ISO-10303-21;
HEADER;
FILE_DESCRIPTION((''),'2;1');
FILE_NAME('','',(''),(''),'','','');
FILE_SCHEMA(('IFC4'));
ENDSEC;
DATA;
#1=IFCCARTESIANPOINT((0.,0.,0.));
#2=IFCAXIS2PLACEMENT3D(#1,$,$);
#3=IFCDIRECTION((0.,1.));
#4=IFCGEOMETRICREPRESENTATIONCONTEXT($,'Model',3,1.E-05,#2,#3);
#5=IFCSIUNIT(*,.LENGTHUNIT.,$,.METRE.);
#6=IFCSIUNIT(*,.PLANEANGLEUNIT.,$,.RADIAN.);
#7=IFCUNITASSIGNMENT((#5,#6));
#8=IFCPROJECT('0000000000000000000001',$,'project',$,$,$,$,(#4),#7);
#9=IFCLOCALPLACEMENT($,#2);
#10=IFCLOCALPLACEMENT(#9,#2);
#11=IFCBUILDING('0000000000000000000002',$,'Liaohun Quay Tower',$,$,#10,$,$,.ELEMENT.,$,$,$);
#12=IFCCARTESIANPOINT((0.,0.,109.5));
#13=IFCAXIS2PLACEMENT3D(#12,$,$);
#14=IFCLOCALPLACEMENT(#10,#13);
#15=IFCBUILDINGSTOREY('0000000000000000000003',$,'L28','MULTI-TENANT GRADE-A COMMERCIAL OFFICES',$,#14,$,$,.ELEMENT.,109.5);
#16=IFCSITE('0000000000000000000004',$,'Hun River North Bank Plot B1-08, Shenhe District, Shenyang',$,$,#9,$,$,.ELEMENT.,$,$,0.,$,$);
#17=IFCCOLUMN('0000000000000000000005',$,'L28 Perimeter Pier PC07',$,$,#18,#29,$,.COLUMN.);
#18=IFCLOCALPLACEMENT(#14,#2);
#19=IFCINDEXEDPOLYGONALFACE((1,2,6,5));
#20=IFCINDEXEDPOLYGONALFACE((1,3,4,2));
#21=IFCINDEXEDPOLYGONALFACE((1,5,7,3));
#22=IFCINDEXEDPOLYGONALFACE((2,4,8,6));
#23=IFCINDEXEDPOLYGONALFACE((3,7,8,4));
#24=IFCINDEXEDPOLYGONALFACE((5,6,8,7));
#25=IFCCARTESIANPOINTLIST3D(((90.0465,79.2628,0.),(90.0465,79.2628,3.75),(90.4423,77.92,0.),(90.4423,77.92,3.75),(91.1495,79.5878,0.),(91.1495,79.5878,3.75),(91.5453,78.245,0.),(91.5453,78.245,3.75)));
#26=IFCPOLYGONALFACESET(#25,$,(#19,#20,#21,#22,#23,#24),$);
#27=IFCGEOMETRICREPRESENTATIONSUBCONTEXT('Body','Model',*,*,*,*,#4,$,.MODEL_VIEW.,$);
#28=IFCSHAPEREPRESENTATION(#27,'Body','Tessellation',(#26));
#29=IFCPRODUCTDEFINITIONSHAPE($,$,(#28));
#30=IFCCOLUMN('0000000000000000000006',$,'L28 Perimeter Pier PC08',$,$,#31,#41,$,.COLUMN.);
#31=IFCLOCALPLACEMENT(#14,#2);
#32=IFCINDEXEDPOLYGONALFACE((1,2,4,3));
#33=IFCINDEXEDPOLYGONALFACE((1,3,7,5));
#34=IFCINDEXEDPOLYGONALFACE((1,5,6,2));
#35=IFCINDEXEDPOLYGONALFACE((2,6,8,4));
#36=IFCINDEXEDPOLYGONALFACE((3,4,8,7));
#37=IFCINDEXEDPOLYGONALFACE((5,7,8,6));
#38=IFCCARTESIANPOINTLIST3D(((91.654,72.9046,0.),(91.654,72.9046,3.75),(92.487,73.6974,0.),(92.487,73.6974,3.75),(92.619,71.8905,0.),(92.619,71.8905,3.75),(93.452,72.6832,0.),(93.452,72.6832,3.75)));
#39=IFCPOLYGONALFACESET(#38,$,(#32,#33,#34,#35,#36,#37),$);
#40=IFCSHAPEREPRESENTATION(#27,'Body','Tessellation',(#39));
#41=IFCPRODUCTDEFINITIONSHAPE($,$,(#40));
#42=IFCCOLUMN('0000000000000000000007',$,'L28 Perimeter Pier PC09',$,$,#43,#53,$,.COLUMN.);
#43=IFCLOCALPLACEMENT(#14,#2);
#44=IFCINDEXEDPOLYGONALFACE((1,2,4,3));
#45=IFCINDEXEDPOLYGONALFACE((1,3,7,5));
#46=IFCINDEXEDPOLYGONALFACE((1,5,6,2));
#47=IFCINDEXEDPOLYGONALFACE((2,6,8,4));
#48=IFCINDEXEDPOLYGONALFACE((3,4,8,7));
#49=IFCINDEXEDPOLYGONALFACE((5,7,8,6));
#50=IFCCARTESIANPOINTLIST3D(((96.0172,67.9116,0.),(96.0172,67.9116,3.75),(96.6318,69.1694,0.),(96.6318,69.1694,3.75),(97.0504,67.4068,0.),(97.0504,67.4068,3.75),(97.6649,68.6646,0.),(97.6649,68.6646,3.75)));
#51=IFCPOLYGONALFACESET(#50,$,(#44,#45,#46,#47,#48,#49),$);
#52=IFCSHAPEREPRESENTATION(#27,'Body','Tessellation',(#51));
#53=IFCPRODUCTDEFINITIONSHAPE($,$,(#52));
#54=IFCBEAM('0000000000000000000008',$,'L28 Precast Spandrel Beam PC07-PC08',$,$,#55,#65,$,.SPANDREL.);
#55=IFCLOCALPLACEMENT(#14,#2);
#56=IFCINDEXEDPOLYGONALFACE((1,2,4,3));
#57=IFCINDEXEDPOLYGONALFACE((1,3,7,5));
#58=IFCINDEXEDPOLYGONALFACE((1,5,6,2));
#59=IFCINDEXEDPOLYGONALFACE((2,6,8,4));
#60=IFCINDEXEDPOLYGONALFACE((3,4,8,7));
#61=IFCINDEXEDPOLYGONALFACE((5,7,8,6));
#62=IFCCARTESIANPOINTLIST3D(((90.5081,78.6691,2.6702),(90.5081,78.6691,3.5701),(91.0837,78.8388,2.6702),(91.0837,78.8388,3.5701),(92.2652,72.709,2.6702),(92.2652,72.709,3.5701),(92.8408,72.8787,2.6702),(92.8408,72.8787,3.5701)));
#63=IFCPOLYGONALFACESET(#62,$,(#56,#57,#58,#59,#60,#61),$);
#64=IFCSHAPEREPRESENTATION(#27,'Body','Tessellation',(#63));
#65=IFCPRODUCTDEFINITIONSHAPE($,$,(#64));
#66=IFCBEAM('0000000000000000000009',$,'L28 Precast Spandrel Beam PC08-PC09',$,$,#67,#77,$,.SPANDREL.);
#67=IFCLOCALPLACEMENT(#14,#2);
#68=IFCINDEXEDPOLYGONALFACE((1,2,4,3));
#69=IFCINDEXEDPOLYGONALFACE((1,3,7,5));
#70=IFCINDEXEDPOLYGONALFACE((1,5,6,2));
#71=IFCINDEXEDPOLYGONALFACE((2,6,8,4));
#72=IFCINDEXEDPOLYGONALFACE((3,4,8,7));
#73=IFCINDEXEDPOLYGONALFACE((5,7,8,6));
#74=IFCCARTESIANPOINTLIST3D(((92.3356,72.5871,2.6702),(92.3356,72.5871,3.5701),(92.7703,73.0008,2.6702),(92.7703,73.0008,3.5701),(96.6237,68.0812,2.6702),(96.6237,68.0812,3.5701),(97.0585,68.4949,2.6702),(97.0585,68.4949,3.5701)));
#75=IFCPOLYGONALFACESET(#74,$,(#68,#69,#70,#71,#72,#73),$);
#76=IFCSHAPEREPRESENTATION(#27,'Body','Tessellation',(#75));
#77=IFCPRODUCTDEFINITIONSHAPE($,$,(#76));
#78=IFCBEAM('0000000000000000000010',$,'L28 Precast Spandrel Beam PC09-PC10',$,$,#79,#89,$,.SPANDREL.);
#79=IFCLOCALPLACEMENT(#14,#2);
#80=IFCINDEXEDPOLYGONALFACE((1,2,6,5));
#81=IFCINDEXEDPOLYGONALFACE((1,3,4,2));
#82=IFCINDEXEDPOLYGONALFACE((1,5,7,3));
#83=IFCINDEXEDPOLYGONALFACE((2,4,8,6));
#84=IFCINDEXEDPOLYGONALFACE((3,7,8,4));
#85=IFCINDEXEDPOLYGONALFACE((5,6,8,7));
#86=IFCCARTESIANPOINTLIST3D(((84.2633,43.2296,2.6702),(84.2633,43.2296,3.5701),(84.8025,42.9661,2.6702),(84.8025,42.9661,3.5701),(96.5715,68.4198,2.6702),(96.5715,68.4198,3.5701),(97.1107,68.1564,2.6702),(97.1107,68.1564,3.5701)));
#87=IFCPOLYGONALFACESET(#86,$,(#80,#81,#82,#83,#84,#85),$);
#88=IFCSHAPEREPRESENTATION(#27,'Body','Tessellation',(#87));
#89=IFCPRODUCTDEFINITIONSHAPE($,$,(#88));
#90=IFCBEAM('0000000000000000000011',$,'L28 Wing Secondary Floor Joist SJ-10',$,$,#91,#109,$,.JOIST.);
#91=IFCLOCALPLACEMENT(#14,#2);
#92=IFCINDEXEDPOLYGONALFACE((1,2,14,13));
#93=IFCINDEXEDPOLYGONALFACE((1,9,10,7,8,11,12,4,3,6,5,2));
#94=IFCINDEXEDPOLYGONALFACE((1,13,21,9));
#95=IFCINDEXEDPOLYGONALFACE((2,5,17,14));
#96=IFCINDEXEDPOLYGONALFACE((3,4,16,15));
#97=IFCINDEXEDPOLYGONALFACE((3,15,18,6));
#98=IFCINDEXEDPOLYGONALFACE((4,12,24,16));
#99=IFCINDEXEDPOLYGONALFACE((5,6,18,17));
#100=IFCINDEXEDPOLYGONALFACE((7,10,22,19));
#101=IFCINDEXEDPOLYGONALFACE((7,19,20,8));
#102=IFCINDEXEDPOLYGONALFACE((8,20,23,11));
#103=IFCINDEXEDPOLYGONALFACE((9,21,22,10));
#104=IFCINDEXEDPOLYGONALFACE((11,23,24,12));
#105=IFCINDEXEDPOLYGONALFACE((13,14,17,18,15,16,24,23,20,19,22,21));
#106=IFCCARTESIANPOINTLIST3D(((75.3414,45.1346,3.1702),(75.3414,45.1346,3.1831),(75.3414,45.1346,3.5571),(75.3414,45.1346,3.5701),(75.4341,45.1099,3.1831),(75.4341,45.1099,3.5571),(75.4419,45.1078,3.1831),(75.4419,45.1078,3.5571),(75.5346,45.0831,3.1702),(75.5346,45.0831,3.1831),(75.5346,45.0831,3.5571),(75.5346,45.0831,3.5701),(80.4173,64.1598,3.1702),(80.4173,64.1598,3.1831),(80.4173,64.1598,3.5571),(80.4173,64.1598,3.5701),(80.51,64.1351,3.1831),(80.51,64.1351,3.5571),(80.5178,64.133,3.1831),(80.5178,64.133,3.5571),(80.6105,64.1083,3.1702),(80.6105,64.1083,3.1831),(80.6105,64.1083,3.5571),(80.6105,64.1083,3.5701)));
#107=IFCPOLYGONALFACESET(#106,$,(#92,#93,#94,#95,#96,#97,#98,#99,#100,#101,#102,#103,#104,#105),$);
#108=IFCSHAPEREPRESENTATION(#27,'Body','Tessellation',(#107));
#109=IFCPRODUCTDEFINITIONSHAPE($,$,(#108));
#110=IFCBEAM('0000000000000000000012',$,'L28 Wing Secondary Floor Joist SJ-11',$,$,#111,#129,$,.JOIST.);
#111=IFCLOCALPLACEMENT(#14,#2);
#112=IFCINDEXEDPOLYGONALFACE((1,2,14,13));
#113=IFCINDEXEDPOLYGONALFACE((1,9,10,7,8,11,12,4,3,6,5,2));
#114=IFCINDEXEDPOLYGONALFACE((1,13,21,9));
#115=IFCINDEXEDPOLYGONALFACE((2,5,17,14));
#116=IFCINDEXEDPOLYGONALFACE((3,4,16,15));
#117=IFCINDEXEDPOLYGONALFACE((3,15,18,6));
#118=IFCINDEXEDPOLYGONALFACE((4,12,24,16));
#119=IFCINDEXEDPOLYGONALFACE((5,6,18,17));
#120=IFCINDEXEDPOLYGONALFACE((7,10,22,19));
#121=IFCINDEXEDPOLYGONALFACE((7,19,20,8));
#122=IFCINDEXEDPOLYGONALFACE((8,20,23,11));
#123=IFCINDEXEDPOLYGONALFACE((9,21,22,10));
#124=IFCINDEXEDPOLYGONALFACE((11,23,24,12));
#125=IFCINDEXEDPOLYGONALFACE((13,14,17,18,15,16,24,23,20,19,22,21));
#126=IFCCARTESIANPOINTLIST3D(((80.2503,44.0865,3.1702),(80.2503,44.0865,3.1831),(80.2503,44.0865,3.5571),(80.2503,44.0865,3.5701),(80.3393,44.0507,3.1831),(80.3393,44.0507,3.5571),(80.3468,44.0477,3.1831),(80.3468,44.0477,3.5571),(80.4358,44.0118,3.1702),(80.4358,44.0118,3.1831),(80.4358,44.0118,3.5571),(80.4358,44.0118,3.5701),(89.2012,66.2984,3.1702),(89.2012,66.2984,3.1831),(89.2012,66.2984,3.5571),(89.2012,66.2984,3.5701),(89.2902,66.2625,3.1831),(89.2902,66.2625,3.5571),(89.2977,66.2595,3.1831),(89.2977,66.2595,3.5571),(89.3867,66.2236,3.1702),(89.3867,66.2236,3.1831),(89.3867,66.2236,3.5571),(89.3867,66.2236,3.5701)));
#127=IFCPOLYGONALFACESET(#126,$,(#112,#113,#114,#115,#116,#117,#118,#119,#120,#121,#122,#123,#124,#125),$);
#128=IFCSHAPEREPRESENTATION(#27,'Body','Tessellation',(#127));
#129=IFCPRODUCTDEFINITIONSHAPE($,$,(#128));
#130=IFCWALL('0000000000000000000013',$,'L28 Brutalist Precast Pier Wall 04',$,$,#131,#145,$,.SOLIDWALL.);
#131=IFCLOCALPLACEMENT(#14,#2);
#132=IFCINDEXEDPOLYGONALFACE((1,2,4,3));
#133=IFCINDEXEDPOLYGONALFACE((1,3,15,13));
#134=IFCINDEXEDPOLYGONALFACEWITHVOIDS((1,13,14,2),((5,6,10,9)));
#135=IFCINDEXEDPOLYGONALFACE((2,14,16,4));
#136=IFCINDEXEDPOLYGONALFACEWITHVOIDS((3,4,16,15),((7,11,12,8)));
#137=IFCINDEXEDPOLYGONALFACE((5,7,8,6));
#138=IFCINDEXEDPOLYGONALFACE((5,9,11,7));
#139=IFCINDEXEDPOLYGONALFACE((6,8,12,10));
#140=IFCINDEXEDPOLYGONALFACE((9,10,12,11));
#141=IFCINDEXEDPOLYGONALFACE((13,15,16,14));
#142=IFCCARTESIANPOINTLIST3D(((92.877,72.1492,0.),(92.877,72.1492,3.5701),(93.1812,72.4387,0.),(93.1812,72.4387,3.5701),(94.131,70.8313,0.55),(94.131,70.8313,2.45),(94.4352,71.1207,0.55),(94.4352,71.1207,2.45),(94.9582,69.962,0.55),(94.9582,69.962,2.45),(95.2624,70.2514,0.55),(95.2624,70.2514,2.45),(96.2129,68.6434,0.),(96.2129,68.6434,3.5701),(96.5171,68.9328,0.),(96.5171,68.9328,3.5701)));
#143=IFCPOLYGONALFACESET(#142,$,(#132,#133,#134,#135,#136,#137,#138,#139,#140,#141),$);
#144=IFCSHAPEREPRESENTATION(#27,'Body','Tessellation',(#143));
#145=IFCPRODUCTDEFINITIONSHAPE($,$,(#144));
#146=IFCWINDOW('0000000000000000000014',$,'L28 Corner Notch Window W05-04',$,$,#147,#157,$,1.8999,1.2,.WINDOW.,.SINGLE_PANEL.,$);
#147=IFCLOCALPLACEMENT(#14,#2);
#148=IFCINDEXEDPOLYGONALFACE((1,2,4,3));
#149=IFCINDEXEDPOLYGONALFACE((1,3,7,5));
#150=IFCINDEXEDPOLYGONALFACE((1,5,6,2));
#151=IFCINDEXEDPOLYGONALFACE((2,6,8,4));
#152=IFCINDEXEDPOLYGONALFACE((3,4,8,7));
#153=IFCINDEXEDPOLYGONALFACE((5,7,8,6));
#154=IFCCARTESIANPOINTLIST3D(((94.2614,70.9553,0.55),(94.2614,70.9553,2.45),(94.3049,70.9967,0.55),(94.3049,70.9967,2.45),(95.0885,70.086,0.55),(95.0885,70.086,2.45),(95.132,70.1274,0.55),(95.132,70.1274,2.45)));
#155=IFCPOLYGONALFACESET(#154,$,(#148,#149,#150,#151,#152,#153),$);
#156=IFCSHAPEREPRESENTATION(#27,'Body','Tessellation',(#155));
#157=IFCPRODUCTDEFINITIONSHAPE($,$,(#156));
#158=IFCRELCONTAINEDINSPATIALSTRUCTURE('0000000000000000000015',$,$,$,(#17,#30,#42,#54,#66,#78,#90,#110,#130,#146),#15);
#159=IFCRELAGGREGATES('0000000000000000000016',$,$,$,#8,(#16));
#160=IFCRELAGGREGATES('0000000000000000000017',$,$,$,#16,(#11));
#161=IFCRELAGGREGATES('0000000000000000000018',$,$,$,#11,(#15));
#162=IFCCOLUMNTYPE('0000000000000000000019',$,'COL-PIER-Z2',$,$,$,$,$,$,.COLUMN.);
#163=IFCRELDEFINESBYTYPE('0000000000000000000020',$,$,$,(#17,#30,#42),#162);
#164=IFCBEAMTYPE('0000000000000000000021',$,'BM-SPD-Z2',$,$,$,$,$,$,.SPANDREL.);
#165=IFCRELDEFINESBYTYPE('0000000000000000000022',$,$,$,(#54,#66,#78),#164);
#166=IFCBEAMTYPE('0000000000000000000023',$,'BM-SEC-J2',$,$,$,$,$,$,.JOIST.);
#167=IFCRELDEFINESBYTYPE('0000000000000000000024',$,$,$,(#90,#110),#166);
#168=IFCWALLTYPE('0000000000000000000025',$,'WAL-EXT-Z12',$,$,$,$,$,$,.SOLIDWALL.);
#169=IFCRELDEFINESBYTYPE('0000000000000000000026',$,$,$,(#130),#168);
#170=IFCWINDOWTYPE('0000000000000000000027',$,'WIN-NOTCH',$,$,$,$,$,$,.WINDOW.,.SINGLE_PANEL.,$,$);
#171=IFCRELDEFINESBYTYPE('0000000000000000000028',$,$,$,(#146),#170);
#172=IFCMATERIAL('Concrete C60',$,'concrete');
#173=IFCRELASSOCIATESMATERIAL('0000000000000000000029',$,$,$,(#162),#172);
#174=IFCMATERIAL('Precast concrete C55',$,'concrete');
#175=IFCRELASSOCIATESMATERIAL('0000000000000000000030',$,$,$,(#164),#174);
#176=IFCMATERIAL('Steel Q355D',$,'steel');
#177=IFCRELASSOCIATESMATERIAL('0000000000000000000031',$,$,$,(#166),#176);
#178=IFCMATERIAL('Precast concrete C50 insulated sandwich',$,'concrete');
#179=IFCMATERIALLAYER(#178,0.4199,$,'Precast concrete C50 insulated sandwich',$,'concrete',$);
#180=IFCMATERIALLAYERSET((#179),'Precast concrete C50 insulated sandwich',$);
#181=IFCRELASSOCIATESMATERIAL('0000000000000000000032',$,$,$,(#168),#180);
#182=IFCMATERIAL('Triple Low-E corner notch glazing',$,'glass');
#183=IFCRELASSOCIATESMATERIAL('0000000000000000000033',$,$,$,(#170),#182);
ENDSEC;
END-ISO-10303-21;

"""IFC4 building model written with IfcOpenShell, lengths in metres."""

from ifc_helpers import new_model, si_unit, direction, frame, frame_2d, origin, origin_2d, place, context, subcontext, project, spatial, rectangle, i_section, extrude, source, transform, mapped, material, layer, layer_set, material_profile, profile_set, type_object, element, fill, save


model = new_model("IFC4")

# Units and contexts
model_context = context("Model", 3, precision=1e-05, world=origin(), true_north=direction((0.0, 1.0)))
body_context = subcontext(model_context, "Body", "Model", "MODEL_VIEW")
ifc_project = project(units=[si_unit("LENGTHUNIT", "METRE"), si_unit("PLANEANGLEUNIT", "RADIAN")], contexts=[model_context])

# Site, building, storey
site_placement = place(None, origin())
site = spatial("IfcSite", under=ifc_project, at=site_placement, Name="Hun River North Bank Plot B1-08, Shenhe District, Shenyang", CompositionType="ELEMENT", RefElevation=0.0)
building_placement = place(site_placement, origin())
building = spatial("IfcBuilding", under=site, at=building_placement, Name="Liaohun Quay Tower", CompositionType="ELEMENT")
storey_placement = place(building_placement, frame((0.0, 0.0, 109.5)))
storey = spatial("IfcBuildingStorey", under=building, at=storey_placement, Name="L28", Description="MULTI-TENANT GRADE-A COMMERCIAL OFFICES", CompositionType="ELEMENT", Elevation=109.5)

# Columns
ifc_material_1 = material(Name="Concrete C60", Category="concrete")
ifc_material_profile_1 = material_profile(ifc_material_1, rectangle(XDim=1.3999, YDim=1.1499, at=origin_2d()), Name="RC1400x1150")
ifc_profile_set_1 = profile_set([ifc_material_profile_1], Name="Concrete C60")
column_type = type_object("IfcColumnType", Name="COL-PIER-Z2", PredefinedType="COLUMN", material=ifc_profile_set_1)
shared_shape_1 = source(origin(), body_context, "Body", "SweptSolid", [
    extrude(rectangle(XDim=1.3999, YDim=1.1499, at=origin_2d()), origin(), (0.0, 0.0, 1.0), 3.75),
])
for number, where, z_axis, x_axis, name in (
    (1, (90.7959, 78.7539, 0.0), (0.0, 0.0, 1.0), (-0.282676, 0.959215, 0.0), "L28 Perimeter Pier PC07"),
    (2, (92.553, 72.7939, 0.0), (0.0, 0.0, 1.0), (-0.689367, 0.724413, 0.0), "L28 Perimeter Pier PC08"),
    (3, (96.8411, 68.2881, 0.0), (0.0, 0.0, 1.0), (0.438999, 0.898488, 0.0), "L28 Perimeter Pier PC09"),
):
    element("IfcColumn", number, at=place(storey_placement, frame(where, z_axis=z_axis, x_axis=x_axis)), inside=storey, type_object=column_type, Name=name, PredefinedType="COLUMN", context=body_context, shape_type="MappedRepresentation", body=[
        mapped(shared_shape_1, transform((0.0, 0.0, 0.0), x_axis=(1.0, 0.0, 0.0), y_axis=(0.0, 1.0, 0.0), z_axis=(0.0, 0.0, 1.0), scale=1.0)),
    ])

# Beams
ifc_material_2 = material(Name="Precast concrete C55", Category="concrete")
ifc_material_profile_2 = material_profile(ifc_material_2, rectangle(XDim=0.6001, YDim=0.8999, at=origin_2d()), Name="RC600x900")
ifc_profile_set_2 = profile_set([ifc_material_profile_2], Name="Precast concrete C55")
beam_type_1 = type_object("IfcBeamType", Name="BM-SPD-Z2", PredefinedType="SPANDREL", material=ifc_profile_set_2)
shared_shape_2 = source(origin(), body_context, "Body", "SweptSolid", [
    extrude(rectangle(XDim=0.6001, YDim=0.8999, at=origin_2d()), origin(), (0.0, 0.0, 1.0), 6.2136),
])
beam_1_placement = place(storey_placement, frame((90.7959, 78.7539, 3.1201), z_axis=(0.282781, -0.959184, 0.0), x_axis=(0.959184, 0.282781, 0.0)))
element("IfcBeam", 4, at=beam_1_placement, inside=storey, type_object=beam_type_1, Name="L28 Precast Spandrel Beam PC07-PC08", PredefinedType="SPANDREL", context=body_context, shape_type="MappedRepresentation", body=[
    mapped(shared_shape_2, transform((0.0, 0.0, 0.0), x_axis=(1.0, 0.0, 0.0), y_axis=(0.0, 1.0, 0.0), z_axis=(0.0, 0.0, 1.0), scale=1.0)),
])
shared_shape_3 = source(origin(), body_context, "Body", "SweptSolid", [
    extrude(rectangle(XDim=0.6001, YDim=0.8999, at=origin_2d()), origin(), (0.0, 0.0, 1.0), 6.2202),
])
beam_2_placement = place(storey_placement, frame((92.553, 72.7939, 3.1201), z_axis=(0.689385, -0.724396, 0.0), x_axis=(0.724396, 0.689385, 0.0)))
element("IfcBeam", 5, at=beam_2_placement, inside=storey, type_object=beam_type_1, Name="L28 Precast Spandrel Beam PC08-PC09", PredefinedType="SPANDREL", context=body_context, shape_type="MappedRepresentation", body=[
    mapped(shared_shape_3, transform((0.0, 0.0, 0.0), x_axis=(1.0, 0.0, 0.0), y_axis=(0.0, 1.0, 0.0), z_axis=(0.0, 0.0, 1.0), scale=1.0)),
])
shared_shape_4 = source(origin(), body_context, "Body", "SweptSolid", [
    extrude(rectangle(XDim=0.6001, YDim=0.8999, at=origin_2d()), origin(), (0.0, 0.0, 1.0), 28.0364),
])
beam_3_placement = place(storey_placement, frame((96.8411, 68.2881, 3.1201), z_axis=(-0.439006, -0.898484, 0.0), x_axis=(0.898484, -0.439006, 0.0)))
element("IfcBeam", 6, at=beam_3_placement, inside=storey, type_object=beam_type_1, Name="L28 Precast Spandrel Beam PC09-PC10", PredefinedType="SPANDREL", context=body_context, shape_type="MappedRepresentation", body=[
    mapped(shared_shape_4, transform((0.0, 0.0, 0.0), x_axis=(1.0, 0.0, 0.0), y_axis=(0.0, 1.0, 0.0), z_axis=(0.0, 0.0, 1.0), scale=1.0)),
])
ifc_material_3 = material(Name="Steel Q355D", Category="steel")
ifc_material_profile_3 = material_profile(ifc_material_3, i_section(OverallWidth=0.2, OverallDepth=0.3999, WebThickness=0.0081, FlangeThickness=0.0129, at=origin_2d()), Name="HN400x200x8x13")
ifc_profile_set_3 = profile_set([ifc_material_profile_3], Name="Steel Q355D")
beam_type_2 = type_object("IfcBeamType", Name="BM-SEC-J2", PredefinedType="JOIST", material=ifc_profile_set_3)
shared_shape_5 = source(origin(), body_context, "Body", "SweptSolid", [
    extrude(i_section(OverallWidth=0.2, OverallDepth=0.3999, WebThickness=0.0081, FlangeThickness=0.0129, at=origin_2d()), origin(), (0.0, 0.0, 1.0), 19.6907),
])
beam_4_placement = place(storey_placement, frame((80.5139, 64.134, 3.3701), z_axis=(-0.257784, -0.966203, 0.0), x_axis=(0.966203, -0.257784, 0.0)))
element("IfcBeam", 7, at=beam_4_placement, inside=storey, type_object=beam_type_2, Name="L28 Wing Secondary Floor Joist SJ-10", PredefinedType="JOIST", context=body_context, shape_type="MappedRepresentation", body=[
    mapped(shared_shape_5, transform((0.0, 0.0, 0.0), x_axis=(1.0, 0.0, 0.0), y_axis=(0.0, 1.0, 0.0), z_axis=(0.0, 0.0, 1.0), scale=1.0)),
])
shared_shape_6 = source(origin(), body_context, "Body", "SweptSolid", [
    extrude(i_section(OverallWidth=0.2, OverallDepth=0.3999, WebThickness=0.0081, FlangeThickness=0.0129, at=origin_2d()), origin(), (0.0, 0.0, 1.0), 23.9475),
])
beam_5_placement = place(storey_placement, frame((89.2939, 66.261, 3.3701), z_axis=(-0.373771, -0.927521, 0.0), x_axis=(0.927521, -0.373771, 0.0)))
element("IfcBeam", 8, at=beam_5_placement, inside=storey, type_object=beam_type_2, Name="L28 Wing Secondary Floor Joist SJ-11", PredefinedType="JOIST", context=body_context, shape_type="MappedRepresentation", body=[
    mapped(shared_shape_6, transform((0.0, 0.0, 0.0), x_axis=(1.0, 0.0, 0.0), y_axis=(0.0, 1.0, 0.0), z_axis=(0.0, 0.0, 1.0), scale=1.0)),
])

# Wall, opening, window
ifc_material_4 = material(Name="Precast concrete C50 insulated sandwich", Category="concrete")
ifc_layer_1 = layer(ifc_material_4, 0.4199, Name="Precast concrete C50 insulated sandwich", Category="concrete")
ifc_layer_set_1 = layer_set([ifc_layer_1], Name="Precast concrete C50 insulated sandwich")
wall_type_1 = type_object("IfcWallType", Name="WAL-EXT-Z12", PredefinedType="SOLIDWALL", material=ifc_layer_set_1)
wall_1_placement = place(storey_placement, frame((96.365, 68.7881, 0.0), z_axis=(0.0, 0.0, 1.0), x_axis=(-0.689333, 0.724445, 0.0)))
wall_1 = element("IfcWall", 9, at=wall_1_placement, inside=storey, type_object=wall_type_1, Name="L28 Brutalist Precast Pier Wall 04", PredefinedType="SOLIDWALL", context=body_context, shape_type="SweptSolid", body=[
    extrude(rectangle(XDim=4.8394, YDim=0.4199, at=frame_2d((2.4197, 0.0))), origin(), (0.0, 0.0, 1.0), 3.5701),
])
shared_shape_7 = source(origin(), body_context, "Body", "SweptSolid", [
    extrude(rectangle(XDim=1.2, YDim=1.8999, at=frame_2d((0.6001, 0.95))), frame((0.0, 0.22, 0.0), z_axis=(0.0, -1.0, 0.0), x_axis=(1.0, 0.0, 0.0)), (0.0, 0.0, 1.0), 0.4399),
])
opening_1_placement = place(wall_1_placement, frame((1.8201, 0.0, 0.55)))
opening_1 = element("IfcOpeningElement", 10, at=opening_1_placement, cuts=wall_1, PredefinedType="OPENING", context=body_context, shape_type="MappedRepresentation", body=[
    mapped(shared_shape_7, transform((0.0, 0.0, 0.0), x_axis=(1.0, 0.0, 0.0), y_axis=(0.0, 1.0, 0.0), z_axis=(0.0, 0.0, 1.0), scale=1.0)),
])
ifc_material_5 = material(Name="Triple Low-E corner notch glazing", Category="glass")
window_type_1 = type_object("IfcWindowType", Name="WIN-NOTCH", PartitioningType="SINGLE_PANEL", PredefinedType="WINDOW", material=ifc_material_5)
shared_shape_8 = source(origin(), body_context, "Body", "SweptSolid", [
    extrude(rectangle(XDim=1.2, YDim=1.8999, at=frame_2d((0.6001, 0.95))), frame((0.0, 0.03, 0.0), z_axis=(0.0, -1.0, 0.0), x_axis=(1.0, 0.0, 0.0)), (0.0, 0.0, 1.0), 0.0601),
])
window_1_placement = place(opening_1_placement, origin())
window_1 = element("IfcWindow", 11, at=window_1_placement, inside=storey, type_object=window_type_1, Name="L28 Corner Notch Window W05-04", OverallHeight=1.8999, OverallWidth=1.2, PartitioningType="SINGLE_PANEL", PredefinedType="WINDOW", context=body_context, shape_type="MappedRepresentation", body=[
    mapped(shared_shape_8, transform((0.0, 0.0, 0.0), x_axis=(1.0, 0.0, 0.0), y_axis=(0.0, 1.0, 0.0), z_axis=(0.0, 0.0, 1.0), scale=1.0)),
])
fill(opening_1, window_1)

save(model, "model.ifc")
